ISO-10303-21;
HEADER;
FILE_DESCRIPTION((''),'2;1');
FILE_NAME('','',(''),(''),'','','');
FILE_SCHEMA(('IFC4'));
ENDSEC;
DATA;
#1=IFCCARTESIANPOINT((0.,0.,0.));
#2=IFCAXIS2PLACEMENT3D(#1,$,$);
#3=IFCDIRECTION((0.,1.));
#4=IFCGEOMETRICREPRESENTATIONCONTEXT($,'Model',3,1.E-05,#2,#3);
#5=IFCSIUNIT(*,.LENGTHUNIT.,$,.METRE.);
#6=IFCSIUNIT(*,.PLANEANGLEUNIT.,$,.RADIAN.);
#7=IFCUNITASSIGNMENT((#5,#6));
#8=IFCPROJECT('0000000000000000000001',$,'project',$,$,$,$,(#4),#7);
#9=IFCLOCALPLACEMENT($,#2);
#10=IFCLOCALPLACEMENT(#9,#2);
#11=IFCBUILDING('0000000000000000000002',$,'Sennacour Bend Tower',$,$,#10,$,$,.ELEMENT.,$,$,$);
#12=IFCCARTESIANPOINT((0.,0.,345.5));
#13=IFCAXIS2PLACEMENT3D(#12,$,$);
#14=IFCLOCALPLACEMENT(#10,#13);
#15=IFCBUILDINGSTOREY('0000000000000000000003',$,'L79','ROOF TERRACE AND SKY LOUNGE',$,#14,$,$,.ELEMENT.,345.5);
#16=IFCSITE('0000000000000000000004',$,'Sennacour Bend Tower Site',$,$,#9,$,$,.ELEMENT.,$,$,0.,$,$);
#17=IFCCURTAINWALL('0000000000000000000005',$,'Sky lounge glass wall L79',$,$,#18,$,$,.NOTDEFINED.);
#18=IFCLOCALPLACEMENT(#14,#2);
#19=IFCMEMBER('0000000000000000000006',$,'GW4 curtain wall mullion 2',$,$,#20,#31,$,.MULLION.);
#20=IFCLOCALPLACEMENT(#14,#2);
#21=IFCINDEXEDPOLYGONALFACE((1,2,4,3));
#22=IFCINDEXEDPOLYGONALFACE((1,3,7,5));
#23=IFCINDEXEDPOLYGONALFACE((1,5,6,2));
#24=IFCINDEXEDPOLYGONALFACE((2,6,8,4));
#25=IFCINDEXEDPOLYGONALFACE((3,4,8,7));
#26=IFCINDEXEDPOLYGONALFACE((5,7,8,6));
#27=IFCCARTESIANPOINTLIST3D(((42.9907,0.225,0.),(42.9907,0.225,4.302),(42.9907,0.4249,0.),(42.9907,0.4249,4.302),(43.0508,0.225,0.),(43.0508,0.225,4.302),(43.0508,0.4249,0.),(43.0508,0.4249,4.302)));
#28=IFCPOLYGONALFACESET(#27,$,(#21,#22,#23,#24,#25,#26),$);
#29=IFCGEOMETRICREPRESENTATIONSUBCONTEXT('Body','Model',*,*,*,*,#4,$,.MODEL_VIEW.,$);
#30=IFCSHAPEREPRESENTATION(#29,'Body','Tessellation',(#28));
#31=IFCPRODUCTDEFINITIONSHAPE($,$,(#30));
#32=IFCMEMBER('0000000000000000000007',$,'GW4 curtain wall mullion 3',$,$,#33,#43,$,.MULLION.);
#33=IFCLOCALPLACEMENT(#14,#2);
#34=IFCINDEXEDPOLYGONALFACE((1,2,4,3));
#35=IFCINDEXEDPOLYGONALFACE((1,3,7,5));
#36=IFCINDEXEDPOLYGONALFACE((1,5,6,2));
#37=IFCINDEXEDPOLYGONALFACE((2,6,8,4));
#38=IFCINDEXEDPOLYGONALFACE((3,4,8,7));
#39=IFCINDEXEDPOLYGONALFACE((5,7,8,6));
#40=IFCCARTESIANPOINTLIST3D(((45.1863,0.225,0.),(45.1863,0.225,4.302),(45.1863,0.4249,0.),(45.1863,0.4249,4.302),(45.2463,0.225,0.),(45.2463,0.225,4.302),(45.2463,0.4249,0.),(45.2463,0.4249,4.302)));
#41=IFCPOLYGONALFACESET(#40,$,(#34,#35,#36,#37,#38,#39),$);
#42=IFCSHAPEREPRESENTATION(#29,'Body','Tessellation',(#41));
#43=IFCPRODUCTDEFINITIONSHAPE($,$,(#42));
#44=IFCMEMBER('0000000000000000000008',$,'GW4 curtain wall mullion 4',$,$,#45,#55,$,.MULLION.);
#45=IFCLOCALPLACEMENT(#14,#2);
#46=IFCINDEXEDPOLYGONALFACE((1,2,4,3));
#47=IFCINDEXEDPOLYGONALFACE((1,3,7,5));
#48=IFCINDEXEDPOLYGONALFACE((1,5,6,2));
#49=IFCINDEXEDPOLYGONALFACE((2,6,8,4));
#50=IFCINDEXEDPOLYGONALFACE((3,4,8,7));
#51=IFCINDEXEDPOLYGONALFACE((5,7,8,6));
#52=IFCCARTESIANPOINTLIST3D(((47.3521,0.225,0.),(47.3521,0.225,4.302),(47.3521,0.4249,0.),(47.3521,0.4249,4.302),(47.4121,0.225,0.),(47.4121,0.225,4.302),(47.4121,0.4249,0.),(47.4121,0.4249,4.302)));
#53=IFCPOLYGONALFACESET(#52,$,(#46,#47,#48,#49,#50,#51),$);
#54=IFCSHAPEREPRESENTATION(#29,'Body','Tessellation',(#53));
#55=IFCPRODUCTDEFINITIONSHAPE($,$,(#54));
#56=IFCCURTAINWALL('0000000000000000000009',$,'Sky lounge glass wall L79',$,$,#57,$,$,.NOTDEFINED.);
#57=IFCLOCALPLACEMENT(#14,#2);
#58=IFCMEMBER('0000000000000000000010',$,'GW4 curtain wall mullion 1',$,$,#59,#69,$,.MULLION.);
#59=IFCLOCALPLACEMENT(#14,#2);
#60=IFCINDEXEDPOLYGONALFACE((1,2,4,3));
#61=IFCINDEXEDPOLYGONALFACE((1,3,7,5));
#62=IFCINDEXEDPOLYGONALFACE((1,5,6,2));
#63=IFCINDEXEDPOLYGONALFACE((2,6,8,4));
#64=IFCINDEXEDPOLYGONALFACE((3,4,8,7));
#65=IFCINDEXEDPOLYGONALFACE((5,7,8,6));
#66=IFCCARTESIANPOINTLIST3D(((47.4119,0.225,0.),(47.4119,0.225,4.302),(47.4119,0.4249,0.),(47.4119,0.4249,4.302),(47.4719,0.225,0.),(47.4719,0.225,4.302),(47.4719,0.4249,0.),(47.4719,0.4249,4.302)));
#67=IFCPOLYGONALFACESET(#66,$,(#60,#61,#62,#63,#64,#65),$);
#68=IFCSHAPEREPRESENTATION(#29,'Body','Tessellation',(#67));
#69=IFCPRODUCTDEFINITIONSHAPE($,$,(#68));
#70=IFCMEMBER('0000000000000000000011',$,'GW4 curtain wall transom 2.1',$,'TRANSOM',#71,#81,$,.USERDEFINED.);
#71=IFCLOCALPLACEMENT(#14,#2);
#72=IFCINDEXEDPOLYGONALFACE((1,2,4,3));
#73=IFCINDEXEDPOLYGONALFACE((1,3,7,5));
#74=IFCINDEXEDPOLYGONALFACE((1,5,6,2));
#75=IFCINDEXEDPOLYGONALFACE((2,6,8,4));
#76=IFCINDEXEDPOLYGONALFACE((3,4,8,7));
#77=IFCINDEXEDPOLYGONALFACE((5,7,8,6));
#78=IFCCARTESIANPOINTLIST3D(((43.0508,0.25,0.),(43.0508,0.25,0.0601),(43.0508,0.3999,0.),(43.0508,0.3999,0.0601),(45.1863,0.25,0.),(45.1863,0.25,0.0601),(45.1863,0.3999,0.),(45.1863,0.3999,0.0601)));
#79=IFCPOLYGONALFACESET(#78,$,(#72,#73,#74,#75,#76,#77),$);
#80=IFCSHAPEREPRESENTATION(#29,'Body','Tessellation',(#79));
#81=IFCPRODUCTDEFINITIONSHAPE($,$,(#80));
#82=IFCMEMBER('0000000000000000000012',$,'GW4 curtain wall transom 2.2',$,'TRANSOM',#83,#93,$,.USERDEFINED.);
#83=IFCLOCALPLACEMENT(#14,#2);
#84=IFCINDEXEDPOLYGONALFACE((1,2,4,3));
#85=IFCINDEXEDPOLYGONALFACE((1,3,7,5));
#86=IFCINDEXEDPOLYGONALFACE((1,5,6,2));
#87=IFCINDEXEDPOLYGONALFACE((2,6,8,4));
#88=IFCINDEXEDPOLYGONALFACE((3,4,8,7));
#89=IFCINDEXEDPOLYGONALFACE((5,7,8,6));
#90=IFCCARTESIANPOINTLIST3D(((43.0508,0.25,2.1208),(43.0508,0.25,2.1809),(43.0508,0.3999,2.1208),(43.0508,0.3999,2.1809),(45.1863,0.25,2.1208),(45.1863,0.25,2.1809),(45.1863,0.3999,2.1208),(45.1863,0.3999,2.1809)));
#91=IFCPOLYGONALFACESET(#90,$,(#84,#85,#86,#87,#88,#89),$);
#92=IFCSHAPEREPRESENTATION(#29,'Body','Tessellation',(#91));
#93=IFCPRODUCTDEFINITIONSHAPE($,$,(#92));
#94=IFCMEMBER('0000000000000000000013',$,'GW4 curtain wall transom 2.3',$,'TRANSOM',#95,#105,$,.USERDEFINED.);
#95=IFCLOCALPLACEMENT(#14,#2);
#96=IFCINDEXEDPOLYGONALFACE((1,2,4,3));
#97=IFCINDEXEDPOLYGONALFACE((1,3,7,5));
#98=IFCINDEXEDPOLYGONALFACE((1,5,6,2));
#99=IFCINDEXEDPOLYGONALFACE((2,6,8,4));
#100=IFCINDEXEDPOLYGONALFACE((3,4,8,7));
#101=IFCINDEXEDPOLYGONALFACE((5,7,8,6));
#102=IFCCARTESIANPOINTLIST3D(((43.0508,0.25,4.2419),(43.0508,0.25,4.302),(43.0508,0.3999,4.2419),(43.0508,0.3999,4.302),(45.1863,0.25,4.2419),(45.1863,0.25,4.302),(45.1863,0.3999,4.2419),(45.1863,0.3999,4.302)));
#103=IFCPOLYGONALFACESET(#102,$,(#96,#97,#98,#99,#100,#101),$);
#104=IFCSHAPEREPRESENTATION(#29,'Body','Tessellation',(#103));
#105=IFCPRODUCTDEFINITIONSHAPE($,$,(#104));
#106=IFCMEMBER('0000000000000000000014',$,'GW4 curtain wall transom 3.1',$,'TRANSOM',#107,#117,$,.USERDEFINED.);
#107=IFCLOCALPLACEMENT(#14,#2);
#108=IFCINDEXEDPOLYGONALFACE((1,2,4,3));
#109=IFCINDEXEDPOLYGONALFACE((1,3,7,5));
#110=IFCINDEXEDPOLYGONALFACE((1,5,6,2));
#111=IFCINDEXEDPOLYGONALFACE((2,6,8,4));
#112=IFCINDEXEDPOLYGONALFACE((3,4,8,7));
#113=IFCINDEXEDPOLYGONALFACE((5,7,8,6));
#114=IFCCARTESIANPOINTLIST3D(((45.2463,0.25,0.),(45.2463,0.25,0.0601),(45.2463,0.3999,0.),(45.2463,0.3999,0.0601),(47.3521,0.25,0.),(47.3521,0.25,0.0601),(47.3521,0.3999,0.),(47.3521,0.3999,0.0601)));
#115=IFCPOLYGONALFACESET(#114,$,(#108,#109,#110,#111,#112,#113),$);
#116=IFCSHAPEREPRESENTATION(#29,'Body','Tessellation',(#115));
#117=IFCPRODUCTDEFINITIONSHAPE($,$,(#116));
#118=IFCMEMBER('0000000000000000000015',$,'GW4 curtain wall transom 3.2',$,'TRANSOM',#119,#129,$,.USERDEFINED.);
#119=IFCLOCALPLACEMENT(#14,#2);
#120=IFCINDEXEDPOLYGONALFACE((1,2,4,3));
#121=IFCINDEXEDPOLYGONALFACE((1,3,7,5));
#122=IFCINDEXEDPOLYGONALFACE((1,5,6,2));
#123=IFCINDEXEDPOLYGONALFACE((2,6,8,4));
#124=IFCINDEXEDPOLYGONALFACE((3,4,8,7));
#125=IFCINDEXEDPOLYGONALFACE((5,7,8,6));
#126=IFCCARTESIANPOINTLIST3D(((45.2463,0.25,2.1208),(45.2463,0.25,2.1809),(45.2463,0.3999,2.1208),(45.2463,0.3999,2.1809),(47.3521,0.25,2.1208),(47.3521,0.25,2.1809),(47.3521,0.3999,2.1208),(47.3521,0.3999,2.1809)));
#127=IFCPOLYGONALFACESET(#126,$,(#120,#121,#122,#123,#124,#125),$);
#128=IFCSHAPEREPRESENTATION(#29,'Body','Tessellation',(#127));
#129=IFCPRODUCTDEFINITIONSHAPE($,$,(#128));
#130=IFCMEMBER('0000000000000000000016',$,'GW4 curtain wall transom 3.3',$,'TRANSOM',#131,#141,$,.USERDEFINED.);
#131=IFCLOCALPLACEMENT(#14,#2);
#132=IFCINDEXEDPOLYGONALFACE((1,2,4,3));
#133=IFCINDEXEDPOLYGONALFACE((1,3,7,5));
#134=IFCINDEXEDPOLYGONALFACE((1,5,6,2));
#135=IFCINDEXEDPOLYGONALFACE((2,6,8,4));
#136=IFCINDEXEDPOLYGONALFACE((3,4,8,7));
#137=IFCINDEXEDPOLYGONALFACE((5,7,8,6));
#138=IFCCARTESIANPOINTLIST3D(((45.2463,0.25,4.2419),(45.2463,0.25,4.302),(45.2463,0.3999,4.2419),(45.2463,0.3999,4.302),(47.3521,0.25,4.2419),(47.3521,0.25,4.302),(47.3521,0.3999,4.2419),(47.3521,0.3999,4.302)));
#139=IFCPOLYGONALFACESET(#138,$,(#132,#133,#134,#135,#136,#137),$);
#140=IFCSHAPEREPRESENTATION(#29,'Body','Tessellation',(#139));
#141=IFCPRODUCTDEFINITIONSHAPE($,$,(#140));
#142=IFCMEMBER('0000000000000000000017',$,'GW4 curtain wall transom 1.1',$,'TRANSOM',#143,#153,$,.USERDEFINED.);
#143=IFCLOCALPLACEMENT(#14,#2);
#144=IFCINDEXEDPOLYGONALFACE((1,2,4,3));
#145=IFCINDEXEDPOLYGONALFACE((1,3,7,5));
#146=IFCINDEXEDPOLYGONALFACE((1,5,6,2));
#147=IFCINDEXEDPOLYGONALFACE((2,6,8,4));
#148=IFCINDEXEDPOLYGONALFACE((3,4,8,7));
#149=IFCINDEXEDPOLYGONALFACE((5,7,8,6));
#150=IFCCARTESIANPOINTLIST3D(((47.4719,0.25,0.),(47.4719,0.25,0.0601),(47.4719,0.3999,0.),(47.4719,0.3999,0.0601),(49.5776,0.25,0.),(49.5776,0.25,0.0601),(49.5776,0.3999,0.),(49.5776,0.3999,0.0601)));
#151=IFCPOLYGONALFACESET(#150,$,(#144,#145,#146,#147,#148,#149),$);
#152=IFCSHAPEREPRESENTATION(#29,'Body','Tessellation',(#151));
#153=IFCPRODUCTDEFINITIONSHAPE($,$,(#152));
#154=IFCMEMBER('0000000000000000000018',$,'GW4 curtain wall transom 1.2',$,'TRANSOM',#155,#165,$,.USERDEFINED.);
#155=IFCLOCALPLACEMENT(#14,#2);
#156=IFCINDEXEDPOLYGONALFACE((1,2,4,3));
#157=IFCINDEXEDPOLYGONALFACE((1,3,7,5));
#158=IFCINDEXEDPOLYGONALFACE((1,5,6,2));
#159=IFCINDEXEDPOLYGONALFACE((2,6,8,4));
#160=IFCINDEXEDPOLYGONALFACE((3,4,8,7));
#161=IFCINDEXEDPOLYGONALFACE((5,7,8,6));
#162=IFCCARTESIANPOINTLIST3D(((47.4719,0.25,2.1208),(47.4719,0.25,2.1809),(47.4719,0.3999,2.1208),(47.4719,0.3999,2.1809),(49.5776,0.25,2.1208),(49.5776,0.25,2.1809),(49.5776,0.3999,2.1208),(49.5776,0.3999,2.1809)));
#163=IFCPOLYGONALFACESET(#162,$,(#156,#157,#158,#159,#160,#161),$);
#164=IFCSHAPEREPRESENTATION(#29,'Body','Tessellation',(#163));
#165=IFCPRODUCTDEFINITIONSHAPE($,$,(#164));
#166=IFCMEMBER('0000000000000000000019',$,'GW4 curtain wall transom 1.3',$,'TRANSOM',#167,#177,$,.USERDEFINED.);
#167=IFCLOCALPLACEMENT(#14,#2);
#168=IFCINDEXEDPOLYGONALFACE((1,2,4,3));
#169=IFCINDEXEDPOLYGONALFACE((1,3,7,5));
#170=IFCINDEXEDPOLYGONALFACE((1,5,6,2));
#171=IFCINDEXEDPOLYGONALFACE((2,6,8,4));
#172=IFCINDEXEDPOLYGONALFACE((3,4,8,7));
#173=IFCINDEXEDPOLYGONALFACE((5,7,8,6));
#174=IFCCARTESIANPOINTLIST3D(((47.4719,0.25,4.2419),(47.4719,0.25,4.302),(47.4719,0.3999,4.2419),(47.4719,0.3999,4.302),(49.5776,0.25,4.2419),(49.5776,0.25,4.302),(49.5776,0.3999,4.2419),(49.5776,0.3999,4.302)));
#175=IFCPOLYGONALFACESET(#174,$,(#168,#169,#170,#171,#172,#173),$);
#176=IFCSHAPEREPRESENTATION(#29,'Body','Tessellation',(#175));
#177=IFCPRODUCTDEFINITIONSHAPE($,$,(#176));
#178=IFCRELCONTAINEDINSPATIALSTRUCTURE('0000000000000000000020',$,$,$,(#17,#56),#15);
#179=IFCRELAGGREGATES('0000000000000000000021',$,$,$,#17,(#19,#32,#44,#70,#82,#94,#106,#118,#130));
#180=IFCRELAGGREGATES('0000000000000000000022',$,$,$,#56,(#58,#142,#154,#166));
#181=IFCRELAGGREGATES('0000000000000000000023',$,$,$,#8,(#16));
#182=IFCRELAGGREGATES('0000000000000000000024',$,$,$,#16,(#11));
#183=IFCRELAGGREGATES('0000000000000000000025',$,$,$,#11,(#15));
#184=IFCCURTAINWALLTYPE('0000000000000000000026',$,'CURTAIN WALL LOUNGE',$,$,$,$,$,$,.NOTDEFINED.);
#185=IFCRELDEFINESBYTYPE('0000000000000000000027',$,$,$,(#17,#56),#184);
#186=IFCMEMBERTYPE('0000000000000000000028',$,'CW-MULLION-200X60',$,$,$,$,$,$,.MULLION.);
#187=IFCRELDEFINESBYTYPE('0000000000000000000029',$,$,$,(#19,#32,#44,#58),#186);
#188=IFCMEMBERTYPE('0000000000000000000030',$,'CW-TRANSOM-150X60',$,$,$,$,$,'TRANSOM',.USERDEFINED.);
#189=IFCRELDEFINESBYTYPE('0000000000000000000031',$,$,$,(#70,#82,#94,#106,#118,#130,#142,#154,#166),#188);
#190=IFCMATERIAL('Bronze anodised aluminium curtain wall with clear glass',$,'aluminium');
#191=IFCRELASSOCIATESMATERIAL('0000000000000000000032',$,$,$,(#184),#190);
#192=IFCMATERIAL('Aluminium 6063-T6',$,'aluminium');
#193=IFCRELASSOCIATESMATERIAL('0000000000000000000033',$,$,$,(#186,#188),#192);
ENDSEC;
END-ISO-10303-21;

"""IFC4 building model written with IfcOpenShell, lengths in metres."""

from ifc_helpers import new_model, si_unit, direction, frame, origin, origin_2d, place, context, subcontext, project, spatial, rectangle, extrude, material, material_profile, profile_set, type_object, element, aggregate, save


model = new_model("IFC4")

# Units and contexts
model_context = context("Model", 3, precision=1e-05, world=origin(), true_north=direction((0.0, 1.0)))
body_context = subcontext(model_context, "Body", "Model", "MODEL_VIEW")
ifc_project = project(units=[si_unit("LENGTHUNIT", "METRE"), si_unit("PLANEANGLEUNIT", "RADIAN")], contexts=[model_context])

# Site, building, storey
site_placement = place(None, origin())
site = spatial("IfcSite", under=ifc_project, at=site_placement, Name="Sennacour Bend Tower Site", CompositionType="ELEMENT", RefElevation=0.0)
building_placement = place(site_placement, origin())
building = spatial("IfcBuilding", under=site, at=building_placement, Name="Sennacour Bend Tower", CompositionType="ELEMENT")
storey_placement = place(building_placement, frame((0.0, 0.0, 345.5)))
storey = spatial("IfcBuildingStorey", under=building, at=storey_placement, Name="L79", Description="ROOF TERRACE AND SKY LOUNGE", CompositionType="ELEMENT", Elevation=345.5)

# Curtain wall, members
ifc_material_1 = material(Name="Bronze anodised aluminium curtain wall with clear glass", Category="aluminium")
curtain_wall_type = type_object("IfcCurtainWallType", Name="CURTAIN WALL LOUNGE", PredefinedType="NOTDEFINED", material=ifc_material_1)
curtain_wall_1_placement = place(storey_placement, origin())
curtain_wall_1 = element("IfcCurtainWall", 1, at=curtain_wall_1_placement, inside=storey, type_object=curtain_wall_type, Name="Sky lounge glass wall L79", PredefinedType="NOTDEFINED")
ifc_material_2 = material(Name="Aluminium 6063-T6", Category="aluminium")
ifc_material_profile_1 = material_profile(ifc_material_2, rectangle(XDim=0.2, YDim=0.0601, at=origin_2d()), Name="Aluminium 6063-T6", Category="aluminium")
ifc_profile_set_1 = profile_set([ifc_material_profile_1], Name="Aluminium 6063-T6")
member_type_1 = type_object("IfcMemberType", Name="CW-MULLION-200X60", PredefinedType="MULLION", material=ifc_profile_set_1)
member_1_placement = place(storey_placement, frame((43.0208, 0.325, 0.0), z_axis=(0.0, 0.0, 1.0), x_axis=(0.0, 1.0, 0.0)))
member_1 = element("IfcMember", 2, at=member_1_placement, type_object=member_type_1, Name="GW4 curtain wall mullion 2", PredefinedType="MULLION", context=body_context, shape_type="SweptSolid", body=[
    extrude(rectangle(XDim=0.2, YDim=0.0601, at=origin_2d()), origin(), (0.0, 0.0, 1.0), 4.302),
])
member_2_placement = place(storey_placement, frame((45.2163, 0.325, 0.0), z_axis=(0.0, 0.0, 1.0), x_axis=(0.0, 1.0, 0.0)))
member_2 = element("IfcMember", 3, at=member_2_placement, type_object=member_type_1, Name="GW4 curtain wall mullion 3", PredefinedType="MULLION", context=body_context, shape_type="SweptSolid", body=[
    extrude(rectangle(XDim=0.2, YDim=0.0601, at=origin_2d()), origin(), (0.0, 0.0, 1.0), 4.302),
])
member_3_placement = place(storey_placement, frame((47.3821, 0.325, 0.0), z_axis=(0.0, 0.0, 1.0), x_axis=(0.0, 1.0, 0.0)))
member_3 = element("IfcMember", 4, at=member_3_placement, type_object=member_type_1, Name="GW4 curtain wall mullion 4", PredefinedType="MULLION", context=body_context, shape_type="SweptSolid", body=[
    extrude(rectangle(XDim=0.2, YDim=0.0601, at=origin_2d()), origin(), (0.0, 0.0, 1.0), 4.302),
])

# Curtain wall, member
curtain_wall_2_placement = place(storey_placement, origin())
curtain_wall_2 = element("IfcCurtainWall", 5, at=curtain_wall_2_placement, inside=storey, type_object=curtain_wall_type, Name="Sky lounge glass wall L79", PredefinedType="NOTDEFINED")
member_4_placement = place(storey_placement, frame((47.4419, 0.325, 0.0), z_axis=(0.0, 0.0, 1.0), x_axis=(0.0, 1.0, 0.0)))
member_4 = element("IfcMember", 6, at=member_4_placement, type_object=member_type_1, Name="GW4 curtain wall mullion 1", PredefinedType="MULLION", context=body_context, shape_type="SweptSolid", body=[
    extrude(rectangle(XDim=0.2, YDim=0.0601, at=origin_2d()), origin(), (0.0, 0.0, 1.0), 4.302),
])

# Members
ifc_material_profile_2 = material_profile(ifc_material_2, rectangle(XDim=0.1499, YDim=0.0601, at=origin_2d()), Name="Aluminium 6063-T6", Category="aluminium")
ifc_profile_set_2 = profile_set([ifc_material_profile_2], Name="Aluminium 6063-T6")
member_type_2 = type_object("IfcMemberType", Name="CW-TRANSOM-150X60", ElementType="TRANSOM", PredefinedType="USERDEFINED", material=ifc_profile_set_2)
member_5_placement = place(storey_placement, frame((43.0508, 0.325, 0.03), z_axis=(1.0, 0.0, 0.0), x_axis=(0.0, 1.0, 0.0)))
member_5 = element("IfcMember", 7, at=member_5_placement, type_object=member_type_2, Name="GW4 curtain wall transom 2.1", ObjectType="TRANSOM", PredefinedType="USERDEFINED", context=body_context, shape_type="SweptSolid", body=[
    extrude(rectangle(XDim=0.1499, YDim=0.0601, at=origin_2d()), origin(), (0.0, 0.0, 1.0), 2.1355),
])
member_6_placement = place(storey_placement, frame((43.0508, 0.325, 2.1509), z_axis=(1.0, 0.0, 0.0), x_axis=(0.0, 1.0, 0.0)))
member_6 = element("IfcMember", 8, at=member_6_placement, type_object=member_type_2, Name="GW4 curtain wall transom 2.2", ObjectType="TRANSOM", PredefinedType="USERDEFINED", context=body_context, shape_type="SweptSolid", body=[
    extrude(rectangle(XDim=0.1499, YDim=0.0601, at=origin_2d()), origin(), (0.0, 0.0, 1.0), 2.1355),
])
member_7_placement = place(storey_placement, frame((43.0508, 0.325, 4.272), z_axis=(1.0, 0.0, 0.0), x_axis=(0.0, 1.0, 0.0)))
member_7 = element("IfcMember", 9, at=member_7_placement, type_object=member_type_2, Name="GW4 curtain wall transom 2.3", ObjectType="TRANSOM", PredefinedType="USERDEFINED", context=body_context, shape_type="SweptSolid", body=[
    extrude(rectangle(XDim=0.1499, YDim=0.0601, at=origin_2d()), origin(), (0.0, 0.0, 1.0), 2.1355),
])
member_8_placement = place(storey_placement, frame((45.2463, 0.325, 0.03), z_axis=(1.0, 0.0, 0.0), x_axis=(0.0, 1.0, 0.0)))
member_8 = element("IfcMember", 10, at=member_8_placement, type_object=member_type_2, Name="GW4 curtain wall transom 3.1", ObjectType="TRANSOM", PredefinedType="USERDEFINED", context=body_context, shape_type="SweptSolid", body=[
    extrude(rectangle(XDim=0.1499, YDim=0.0601, at=origin_2d()), origin(), (0.0, 0.0, 1.0), 2.1057),
])
member_9_placement = place(storey_placement, frame((45.2463, 0.325, 2.1509), z_axis=(1.0, 0.0, 0.0), x_axis=(0.0, 1.0, 0.0)))
member_9 = element("IfcMember", 11, at=member_9_placement, type_object=member_type_2, Name="GW4 curtain wall transom 3.2", ObjectType="TRANSOM", PredefinedType="USERDEFINED", context=body_context, shape_type="SweptSolid", body=[
    extrude(rectangle(XDim=0.1499, YDim=0.0601, at=origin_2d()), origin(), (0.0, 0.0, 1.0), 2.1057),
])
member_10_placement = place(storey_placement, frame((45.2463, 0.325, 4.272), z_axis=(1.0, 0.0, 0.0), x_axis=(0.0, 1.0, 0.0)))
member_10 = element("IfcMember", 12, at=member_10_placement, type_object=member_type_2, Name="GW4 curtain wall transom 3.3", ObjectType="TRANSOM", PredefinedType="USERDEFINED", context=body_context, shape_type="SweptSolid", body=[
    extrude(rectangle(XDim=0.1499, YDim=0.0601, at=origin_2d()), origin(), (0.0, 0.0, 1.0), 2.1057),
])
member_11_placement = place(storey_placement, frame((47.4719, 0.325, 0.03), z_axis=(1.0, 0.0, 0.0), x_axis=(0.0, 1.0, 0.0)))
member_11 = element("IfcMember", 13, at=member_11_placement, type_object=member_type_2, Name="GW4 curtain wall transom 1.1", ObjectType="TRANSOM", PredefinedType="USERDEFINED", context=body_context, shape_type="SweptSolid", body=[
    extrude(rectangle(XDim=0.1499, YDim=0.0601, at=origin_2d()), origin(), (0.0, 0.0, 1.0), 2.1057),
])
member_12_placement = place(storey_placement, frame((47.4719, 0.325, 2.1509), z_axis=(1.0, 0.0, 0.0), x_axis=(0.0, 1.0, 0.0)))
member_12 = element("IfcMember", 14, at=member_12_placement, type_object=member_type_2, Name="GW4 curtain wall transom 1.2", ObjectType="TRANSOM", PredefinedType="USERDEFINED", context=body_context, shape_type="SweptSolid", body=[
    extrude(rectangle(XDim=0.1499, YDim=0.0601, at=origin_2d()), origin(), (0.0, 0.0, 1.0), 2.1057),
])
member_13_placement = place(storey_placement, frame((47.4719, 0.325, 4.272), z_axis=(1.0, 0.0, 0.0), x_axis=(0.0, 1.0, 0.0)))
member_13 = element("IfcMember", 15, at=member_13_placement, type_object=member_type_2, Name="GW4 curtain wall transom 1.3", ObjectType="TRANSOM", PredefinedType="USERDEFINED", context=body_context, shape_type="SweptSolid", body=[
    extrude(rectangle(XDim=0.1499, YDim=0.0601, at=origin_2d()), origin(), (0.0, 0.0, 1.0), 2.1057),
])

aggregate(curtain_wall_1, [member_1, member_2, member_3, member_5, member_6, member_7, member_8, member_9, member_10])
aggregate(curtain_wall_2, [member_4, member_11, member_12, member_13])

save(model, "model.ifc")
